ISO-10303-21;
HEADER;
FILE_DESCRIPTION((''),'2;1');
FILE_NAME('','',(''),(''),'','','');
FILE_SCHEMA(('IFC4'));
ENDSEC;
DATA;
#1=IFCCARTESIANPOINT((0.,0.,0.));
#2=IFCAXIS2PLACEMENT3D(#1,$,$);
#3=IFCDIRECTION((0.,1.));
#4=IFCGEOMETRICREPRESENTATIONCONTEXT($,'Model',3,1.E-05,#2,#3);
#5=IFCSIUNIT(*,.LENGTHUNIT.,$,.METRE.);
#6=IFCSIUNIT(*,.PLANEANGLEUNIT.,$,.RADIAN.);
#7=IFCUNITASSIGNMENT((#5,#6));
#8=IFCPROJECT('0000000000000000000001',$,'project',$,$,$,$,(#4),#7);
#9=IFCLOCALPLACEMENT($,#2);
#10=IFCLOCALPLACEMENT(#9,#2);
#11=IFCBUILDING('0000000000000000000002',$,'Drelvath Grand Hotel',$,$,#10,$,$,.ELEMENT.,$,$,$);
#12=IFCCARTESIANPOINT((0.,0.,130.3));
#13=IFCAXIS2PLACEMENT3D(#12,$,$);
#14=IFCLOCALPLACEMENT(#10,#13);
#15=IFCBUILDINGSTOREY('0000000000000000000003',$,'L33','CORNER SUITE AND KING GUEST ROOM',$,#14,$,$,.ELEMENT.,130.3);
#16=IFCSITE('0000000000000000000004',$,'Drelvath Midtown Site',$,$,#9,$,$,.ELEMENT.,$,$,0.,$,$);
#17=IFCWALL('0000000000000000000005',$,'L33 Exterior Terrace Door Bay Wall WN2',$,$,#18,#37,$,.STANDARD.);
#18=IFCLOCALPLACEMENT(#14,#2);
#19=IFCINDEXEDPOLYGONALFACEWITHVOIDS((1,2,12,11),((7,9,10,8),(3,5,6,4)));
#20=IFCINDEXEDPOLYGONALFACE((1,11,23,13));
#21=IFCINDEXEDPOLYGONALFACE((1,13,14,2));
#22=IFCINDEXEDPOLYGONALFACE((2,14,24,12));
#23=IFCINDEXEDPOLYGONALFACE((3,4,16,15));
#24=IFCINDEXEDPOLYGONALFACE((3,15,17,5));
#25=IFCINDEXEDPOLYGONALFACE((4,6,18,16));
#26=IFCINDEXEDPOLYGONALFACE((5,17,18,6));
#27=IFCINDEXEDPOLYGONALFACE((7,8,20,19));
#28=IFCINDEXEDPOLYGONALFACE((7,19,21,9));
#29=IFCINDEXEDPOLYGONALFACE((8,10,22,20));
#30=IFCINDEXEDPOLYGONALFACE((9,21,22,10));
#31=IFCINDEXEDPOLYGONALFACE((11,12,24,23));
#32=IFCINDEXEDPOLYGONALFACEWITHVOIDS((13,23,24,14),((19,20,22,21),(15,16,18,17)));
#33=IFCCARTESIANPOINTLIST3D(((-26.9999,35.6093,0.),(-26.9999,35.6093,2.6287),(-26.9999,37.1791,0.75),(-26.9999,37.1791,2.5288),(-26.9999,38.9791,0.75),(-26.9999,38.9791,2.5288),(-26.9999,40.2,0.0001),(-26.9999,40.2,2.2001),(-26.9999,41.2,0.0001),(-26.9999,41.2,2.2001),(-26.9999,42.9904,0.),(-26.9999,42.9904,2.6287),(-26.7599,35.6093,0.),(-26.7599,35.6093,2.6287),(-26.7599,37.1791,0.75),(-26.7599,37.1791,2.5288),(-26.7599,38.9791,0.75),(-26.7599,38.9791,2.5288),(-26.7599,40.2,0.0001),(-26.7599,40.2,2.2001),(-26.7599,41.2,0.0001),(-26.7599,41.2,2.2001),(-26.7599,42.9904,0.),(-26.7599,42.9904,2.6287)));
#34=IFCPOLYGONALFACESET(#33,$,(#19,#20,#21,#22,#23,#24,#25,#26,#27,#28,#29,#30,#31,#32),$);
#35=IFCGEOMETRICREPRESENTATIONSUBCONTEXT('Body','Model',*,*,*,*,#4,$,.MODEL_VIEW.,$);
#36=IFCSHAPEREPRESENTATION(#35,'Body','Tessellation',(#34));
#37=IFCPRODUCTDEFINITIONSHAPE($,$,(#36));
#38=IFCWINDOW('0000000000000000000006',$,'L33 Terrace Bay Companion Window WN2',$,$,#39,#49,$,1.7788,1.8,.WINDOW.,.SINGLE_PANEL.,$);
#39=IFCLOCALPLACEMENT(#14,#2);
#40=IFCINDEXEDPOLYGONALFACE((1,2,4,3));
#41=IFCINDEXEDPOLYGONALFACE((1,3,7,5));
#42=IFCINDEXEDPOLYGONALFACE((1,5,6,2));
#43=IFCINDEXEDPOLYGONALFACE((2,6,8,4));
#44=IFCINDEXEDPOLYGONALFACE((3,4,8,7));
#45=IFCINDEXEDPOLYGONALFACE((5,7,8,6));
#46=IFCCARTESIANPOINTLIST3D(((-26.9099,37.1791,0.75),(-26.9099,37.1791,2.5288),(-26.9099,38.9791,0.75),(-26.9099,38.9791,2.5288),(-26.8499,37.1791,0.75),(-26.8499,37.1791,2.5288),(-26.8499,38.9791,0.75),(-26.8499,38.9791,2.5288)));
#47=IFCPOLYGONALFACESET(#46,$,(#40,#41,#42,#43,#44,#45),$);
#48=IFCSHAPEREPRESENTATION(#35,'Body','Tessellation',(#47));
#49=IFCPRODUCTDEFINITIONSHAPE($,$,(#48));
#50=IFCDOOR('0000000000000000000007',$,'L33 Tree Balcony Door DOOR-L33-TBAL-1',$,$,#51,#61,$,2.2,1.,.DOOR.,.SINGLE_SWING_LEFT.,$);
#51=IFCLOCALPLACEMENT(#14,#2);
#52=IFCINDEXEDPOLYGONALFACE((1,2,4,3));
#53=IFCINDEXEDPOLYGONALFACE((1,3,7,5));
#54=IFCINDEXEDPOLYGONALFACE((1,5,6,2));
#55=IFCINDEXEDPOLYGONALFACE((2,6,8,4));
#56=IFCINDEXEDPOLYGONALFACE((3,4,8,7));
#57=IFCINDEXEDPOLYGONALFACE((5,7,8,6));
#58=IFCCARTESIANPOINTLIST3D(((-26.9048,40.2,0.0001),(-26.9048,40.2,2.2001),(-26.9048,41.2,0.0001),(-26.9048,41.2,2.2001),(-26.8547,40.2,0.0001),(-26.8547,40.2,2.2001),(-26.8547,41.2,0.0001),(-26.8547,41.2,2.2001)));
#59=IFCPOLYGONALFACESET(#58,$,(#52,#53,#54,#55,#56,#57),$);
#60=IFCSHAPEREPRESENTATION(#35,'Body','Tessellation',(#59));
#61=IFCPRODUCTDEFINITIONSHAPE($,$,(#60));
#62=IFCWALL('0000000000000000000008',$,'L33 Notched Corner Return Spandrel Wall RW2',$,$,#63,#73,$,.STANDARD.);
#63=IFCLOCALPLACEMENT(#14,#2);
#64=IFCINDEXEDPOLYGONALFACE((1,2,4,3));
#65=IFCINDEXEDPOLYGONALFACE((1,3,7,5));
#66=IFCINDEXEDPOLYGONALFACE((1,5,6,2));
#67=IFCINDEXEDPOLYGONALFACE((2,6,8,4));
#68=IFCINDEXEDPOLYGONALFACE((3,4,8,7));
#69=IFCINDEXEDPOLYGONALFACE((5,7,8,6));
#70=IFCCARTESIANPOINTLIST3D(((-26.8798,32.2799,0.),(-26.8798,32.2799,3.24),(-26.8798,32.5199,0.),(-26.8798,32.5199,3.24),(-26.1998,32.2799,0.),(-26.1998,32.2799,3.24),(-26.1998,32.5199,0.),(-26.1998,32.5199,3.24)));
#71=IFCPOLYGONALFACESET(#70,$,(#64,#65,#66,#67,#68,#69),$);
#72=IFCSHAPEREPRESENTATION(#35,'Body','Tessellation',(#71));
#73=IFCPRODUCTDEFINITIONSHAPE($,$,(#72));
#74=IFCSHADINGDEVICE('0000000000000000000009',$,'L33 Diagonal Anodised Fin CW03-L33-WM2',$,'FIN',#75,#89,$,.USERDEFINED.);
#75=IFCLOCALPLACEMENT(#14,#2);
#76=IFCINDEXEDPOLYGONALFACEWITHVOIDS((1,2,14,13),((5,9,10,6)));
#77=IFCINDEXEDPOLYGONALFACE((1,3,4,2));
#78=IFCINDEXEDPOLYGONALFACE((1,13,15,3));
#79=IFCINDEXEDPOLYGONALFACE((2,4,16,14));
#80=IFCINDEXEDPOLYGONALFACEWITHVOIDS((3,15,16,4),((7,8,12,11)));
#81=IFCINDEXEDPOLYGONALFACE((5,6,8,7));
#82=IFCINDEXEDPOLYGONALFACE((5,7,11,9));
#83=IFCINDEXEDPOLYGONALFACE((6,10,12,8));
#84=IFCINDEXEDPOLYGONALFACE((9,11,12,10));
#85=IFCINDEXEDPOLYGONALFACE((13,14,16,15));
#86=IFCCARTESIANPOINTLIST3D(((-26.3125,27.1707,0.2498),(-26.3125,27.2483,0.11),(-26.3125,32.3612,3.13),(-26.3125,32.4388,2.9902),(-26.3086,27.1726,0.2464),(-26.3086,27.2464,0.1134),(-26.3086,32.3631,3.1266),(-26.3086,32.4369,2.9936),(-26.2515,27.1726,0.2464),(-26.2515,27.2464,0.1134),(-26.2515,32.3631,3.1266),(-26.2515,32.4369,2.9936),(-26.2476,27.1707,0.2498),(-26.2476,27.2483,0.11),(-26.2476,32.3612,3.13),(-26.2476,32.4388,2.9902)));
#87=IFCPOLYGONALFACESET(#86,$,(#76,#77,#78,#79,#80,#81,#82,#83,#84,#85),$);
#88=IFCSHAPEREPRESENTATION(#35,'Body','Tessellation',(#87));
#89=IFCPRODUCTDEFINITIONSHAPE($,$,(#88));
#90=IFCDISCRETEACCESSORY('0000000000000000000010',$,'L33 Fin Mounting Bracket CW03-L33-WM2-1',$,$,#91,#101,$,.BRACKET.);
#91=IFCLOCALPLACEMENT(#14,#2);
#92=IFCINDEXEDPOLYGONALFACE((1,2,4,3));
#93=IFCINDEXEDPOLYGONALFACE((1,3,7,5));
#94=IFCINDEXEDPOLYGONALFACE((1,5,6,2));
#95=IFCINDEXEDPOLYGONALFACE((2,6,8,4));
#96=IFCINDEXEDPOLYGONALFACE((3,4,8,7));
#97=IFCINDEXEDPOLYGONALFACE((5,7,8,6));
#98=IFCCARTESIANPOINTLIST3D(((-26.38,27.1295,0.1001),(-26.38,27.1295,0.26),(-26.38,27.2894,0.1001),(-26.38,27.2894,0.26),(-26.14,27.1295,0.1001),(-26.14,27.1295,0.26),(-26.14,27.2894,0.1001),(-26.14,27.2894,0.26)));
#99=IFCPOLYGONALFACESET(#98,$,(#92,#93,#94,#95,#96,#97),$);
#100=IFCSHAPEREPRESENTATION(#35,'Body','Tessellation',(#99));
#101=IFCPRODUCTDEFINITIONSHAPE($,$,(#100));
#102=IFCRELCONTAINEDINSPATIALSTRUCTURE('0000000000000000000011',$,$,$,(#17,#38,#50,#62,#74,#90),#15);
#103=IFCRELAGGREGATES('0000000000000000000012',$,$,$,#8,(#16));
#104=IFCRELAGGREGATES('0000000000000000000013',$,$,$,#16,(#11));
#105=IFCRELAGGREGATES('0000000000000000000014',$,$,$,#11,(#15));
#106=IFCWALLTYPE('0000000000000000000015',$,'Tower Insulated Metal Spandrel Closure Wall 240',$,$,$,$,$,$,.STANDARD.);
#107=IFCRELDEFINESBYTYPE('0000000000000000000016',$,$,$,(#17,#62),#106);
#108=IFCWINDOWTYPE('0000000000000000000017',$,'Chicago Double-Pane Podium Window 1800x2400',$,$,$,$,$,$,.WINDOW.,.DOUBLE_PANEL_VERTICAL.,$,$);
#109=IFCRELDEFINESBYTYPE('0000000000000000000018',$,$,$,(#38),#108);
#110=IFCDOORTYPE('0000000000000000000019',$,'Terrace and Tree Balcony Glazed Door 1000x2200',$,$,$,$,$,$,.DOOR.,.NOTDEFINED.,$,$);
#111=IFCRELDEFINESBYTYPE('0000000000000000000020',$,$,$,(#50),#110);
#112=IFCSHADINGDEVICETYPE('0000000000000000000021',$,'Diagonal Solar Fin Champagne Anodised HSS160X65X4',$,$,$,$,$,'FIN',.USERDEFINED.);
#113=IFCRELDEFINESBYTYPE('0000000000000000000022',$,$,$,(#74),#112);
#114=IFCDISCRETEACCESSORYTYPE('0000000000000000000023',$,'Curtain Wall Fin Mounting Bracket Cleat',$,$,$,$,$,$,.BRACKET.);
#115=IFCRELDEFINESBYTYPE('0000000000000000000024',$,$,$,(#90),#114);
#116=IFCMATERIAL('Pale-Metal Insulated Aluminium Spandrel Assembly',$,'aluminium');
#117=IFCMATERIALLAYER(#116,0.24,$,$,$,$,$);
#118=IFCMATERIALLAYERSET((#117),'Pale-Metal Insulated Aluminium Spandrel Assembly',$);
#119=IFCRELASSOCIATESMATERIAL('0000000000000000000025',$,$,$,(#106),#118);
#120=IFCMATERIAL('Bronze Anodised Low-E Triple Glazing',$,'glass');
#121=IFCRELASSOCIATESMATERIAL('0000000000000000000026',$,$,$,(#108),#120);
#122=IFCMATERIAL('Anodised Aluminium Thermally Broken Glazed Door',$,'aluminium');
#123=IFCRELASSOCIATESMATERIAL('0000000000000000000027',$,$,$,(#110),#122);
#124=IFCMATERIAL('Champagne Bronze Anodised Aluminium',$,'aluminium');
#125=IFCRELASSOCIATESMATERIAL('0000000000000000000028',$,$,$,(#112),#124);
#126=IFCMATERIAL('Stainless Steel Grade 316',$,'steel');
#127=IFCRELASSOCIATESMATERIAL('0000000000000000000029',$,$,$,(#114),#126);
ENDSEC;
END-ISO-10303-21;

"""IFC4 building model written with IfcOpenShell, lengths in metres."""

from ifc_helpers import new_model, si_unit, direction, frame, frame_2d, origin, origin_2d, place, context, subcontext, project, spatial, rectangle, hollow_rectangle, extrude, material, layer, layer_set, material_profile, profile_set, type_object, element, fill, save


model = new_model("IFC4")

# Units and contexts
model_context = context("Model", 3, precision=1e-05, world=origin(), true_north=direction((0.0, 1.0)))
body_context = subcontext(model_context, "Body", "Model", "MODEL_VIEW")
ifc_project = project(units=[si_unit("LENGTHUNIT", "METRE"), si_unit("PLANEANGLEUNIT", "RADIAN")], contexts=[model_context])

# Site, building, storey
site_placement = place(None, origin())
site = spatial("IfcSite", under=ifc_project, at=site_placement, Name="Drelvath Midtown Site", CompositionType="ELEMENT", RefElevation=0.0)
building_placement = place(site_placement, origin())
building = spatial("IfcBuilding", under=site, at=building_placement, Name="Drelvath Grand Hotel", CompositionType="ELEMENT")
storey_placement = place(building_placement, frame((0.0, 0.0, 130.3)))
storey = spatial("IfcBuildingStorey", under=building, at=storey_placement, Name="L33", Description="CORNER SUITE AND KING GUEST ROOM", CompositionType="ELEMENT", Elevation=130.3)

# Wall, openings, window, door
ifc_material_1 = material(Name="Pale-Metal Insulated Aluminium Spandrel Assembly", Category="aluminium")
ifc_layer_1 = layer(ifc_material_1, 0.24)
ifc_layer_set_1 = layer_set([ifc_layer_1], Name="Pale-Metal Insulated Aluminium Spandrel Assembly")
wall_type_1 = type_object("IfcWallType", Name="Tower Insulated Metal Spandrel Closure Wall 240", PredefinedType="STANDARD", material=ifc_layer_set_1)
wall_1_placement = place(storey_placement, frame((-26.8799, 35.6094, 0.0), z_axis=(0.0, 0.0, 1.0), x_axis=(0.0, 1.0, 0.0)))
wall_1 = element("IfcWall", 1, at=wall_1_placement, inside=storey, type_object=wall_type_1, Name="L33 Exterior Terrace Door Bay Wall WN2", PredefinedType="STANDARD", context=body_context, shape_type="SweptSolid", body=[
    extrude(rectangle(XDim=7.3811, YDim=0.24, at=frame_2d((3.6904, 0.0))), origin(), (0.0, 0.0, 1.0), 2.6287),
])
opening_1_placement = place(wall_1_placement, frame((4.5906, 0.0, 0.0)))
opening_1 = element("IfcOpeningElement", 2, at=opening_1_placement, cuts=wall_1, PredefinedType="OPENING", context=body_context, shape_type="SweptSolid", body=[
    extrude(rectangle(XDim=1.0, YDim=2.2, at=frame_2d((0.5, 1.1001))), frame((0.0, 0.1299, 0.0), z_axis=(0.0, -1.0, 0.0), x_axis=(1.0, 0.0, 0.0)), (0.0, 0.0, 1.0), 0.26),
])
opening_2_placement = place(wall_1_placement, frame((1.5698, 0.0, 0.75)))
opening_2 = element("IfcOpeningElement", 3, at=opening_2_placement, cuts=wall_1, PredefinedType="OPENING", context=body_context, shape_type="SweptSolid", body=[
    extrude(rectangle(XDim=1.8, YDim=1.7788, at=frame_2d((0.8999, 0.8894))), frame((0.0, 0.1299, 0.0), z_axis=(0.0, -1.0, 0.0), x_axis=(1.0, 0.0, 0.0)), (0.0, 0.0, 1.0), 0.26),
])
ifc_material_2 = material(Name="Bronze Anodised Low-E Triple Glazing", Category="glass")
window_type = type_object("IfcWindowType", Name="Chicago Double-Pane Podium Window 1800x2400", PartitioningType="DOUBLE_PANEL_VERTICAL", PredefinedType="WINDOW", material=ifc_material_2)
window_placement = place(opening_2_placement, origin())
window = element("IfcWindow", 4, at=window_placement, inside=storey, type_object=window_type, Name="L33 Terrace Bay Companion Window WN2", OverallHeight=1.7788, OverallWidth=1.8, PartitioningType="SINGLE_PANEL", PredefinedType="WINDOW", context=body_context, shape_type="SweptSolid", body=[
    extrude(rectangle(XDim=1.8, YDim=1.7788, at=frame_2d((0.8999, 0.8894))), frame((0.0, 0.03, 0.0), z_axis=(0.0, -1.0, 0.0), x_axis=(1.0, 0.0, 0.0)), (0.0, 0.0, 1.0), 0.0601),
])
fill(opening_2, window)
ifc_material_3 = material(Name="Anodised Aluminium Thermally Broken Glazed Door", Category="aluminium")
door_type = type_object("IfcDoorType", Name="Terrace and Tree Balcony Glazed Door 1000x2200", OperationType="NOTDEFINED", PredefinedType="DOOR", material=ifc_material_3)
door_placement = place(opening_1_placement, origin())
door = element("IfcDoor", 5, at=door_placement, inside=storey, type_object=door_type, Name="L33 Tree Balcony Door DOOR-L33-TBAL-1", OperationType="SINGLE_SWING_LEFT", OverallHeight=2.2, OverallWidth=1.0, PredefinedType="DOOR", context=body_context, shape_type="SweptSolid", body=[
    extrude(rectangle(XDim=1.0, YDim=2.2, at=frame_2d((0.5, 1.1001))), frame((0.0, 0.0249, 0.0), z_axis=(0.0, -1.0, 0.0), x_axis=(1.0, 0.0, 0.0)), (0.0, 0.0, 1.0), 0.05),
])
fill(opening_1, door)

# Wall
wall_2_placement = place(storey_placement, frame((-26.2, 32.3999, 0.0), z_axis=(0.0, 0.0, 1.0), x_axis=(-1.0, 0.0, 0.0)))
element("IfcWall", 6, at=wall_2_placement, inside=storey, type_object=wall_type_1, Name="L33 Notched Corner Return Spandrel Wall RW2", PredefinedType="STANDARD", context=body_context, shape_type="SweptSolid", body=[
    extrude(rectangle(XDim=0.6799, YDim=0.24, at=frame_2d((0.3398, 0.0))), origin(), (0.0, 0.0, 1.0), 3.24),
])

# Shading device
ifc_material_4 = material(Name="Champagne Bronze Anodised Aluminium", Category="aluminium")
ifc_material_profile_1 = material_profile(ifc_material_4, hollow_rectangle(XDim=0.0649, YDim=0.1599, WallThickness=0.0039, at=origin_2d()), Name="HSS160X65X4")
ifc_profile_set_1 = profile_set([ifc_material_profile_1], Name="Champagne Bronze Anodised Aluminium")
shading_device_type = type_object("IfcShadingDeviceType", Name="Diagonal Solar Fin Champagne Anodised HSS160X65X4", ElementType="FIN", PredefinedType="USERDEFINED", material=ifc_profile_set_1)
shading_device_placement = place(storey_placement, frame((-26.28, 27.2095, 0.1799), z_axis=(0.0, 0.874404, 0.485199), x_axis=(-1.0, 0.0, 0.0)))
element("IfcShadingDevice", 7, at=shading_device_placement, inside=storey, type_object=shading_device_type, Name="L33 Diagonal Anodised Fin CW03-L33-WM2", ObjectType="FIN", PredefinedType="USERDEFINED", context=body_context, shape_type="SweptSolid", body=[
    extrude(hollow_rectangle(XDim=0.0649, YDim=0.1599, WallThickness=0.0039, at=origin_2d()), origin(), (0.0, 0.0, 1.0), 5.936),
])

# Discrete accessory
ifc_material_5 = material(Name="Stainless Steel Grade 316", Category="steel")
discrete_accessory_type = type_object("IfcDiscreteAccessoryType", Name="Curtain Wall Fin Mounting Bracket Cleat", PredefinedType="BRACKET", material=ifc_material_5)
discrete_accessory_placement = place(storey_placement, frame((-26.26, 27.2095, 0.1001), z_axis=(0.0, 0.0, 1.0), x_axis=(0.0, 1.0, 0.0)))
element("IfcDiscreteAccessory", 8, at=discrete_accessory_placement, inside=storey, type_object=discrete_accessory_type, Name="L33 Fin Mounting Bracket CW03-L33-WM2-1", PredefinedType="BRACKET", context=body_context, shape_type="SweptSolid", body=[
    extrude(rectangle(XDim=0.1599, YDim=0.24, at=origin_2d()), origin(), (0.0, 0.0, 1.0), 0.1599),
])

save(model, "model.ifc")
